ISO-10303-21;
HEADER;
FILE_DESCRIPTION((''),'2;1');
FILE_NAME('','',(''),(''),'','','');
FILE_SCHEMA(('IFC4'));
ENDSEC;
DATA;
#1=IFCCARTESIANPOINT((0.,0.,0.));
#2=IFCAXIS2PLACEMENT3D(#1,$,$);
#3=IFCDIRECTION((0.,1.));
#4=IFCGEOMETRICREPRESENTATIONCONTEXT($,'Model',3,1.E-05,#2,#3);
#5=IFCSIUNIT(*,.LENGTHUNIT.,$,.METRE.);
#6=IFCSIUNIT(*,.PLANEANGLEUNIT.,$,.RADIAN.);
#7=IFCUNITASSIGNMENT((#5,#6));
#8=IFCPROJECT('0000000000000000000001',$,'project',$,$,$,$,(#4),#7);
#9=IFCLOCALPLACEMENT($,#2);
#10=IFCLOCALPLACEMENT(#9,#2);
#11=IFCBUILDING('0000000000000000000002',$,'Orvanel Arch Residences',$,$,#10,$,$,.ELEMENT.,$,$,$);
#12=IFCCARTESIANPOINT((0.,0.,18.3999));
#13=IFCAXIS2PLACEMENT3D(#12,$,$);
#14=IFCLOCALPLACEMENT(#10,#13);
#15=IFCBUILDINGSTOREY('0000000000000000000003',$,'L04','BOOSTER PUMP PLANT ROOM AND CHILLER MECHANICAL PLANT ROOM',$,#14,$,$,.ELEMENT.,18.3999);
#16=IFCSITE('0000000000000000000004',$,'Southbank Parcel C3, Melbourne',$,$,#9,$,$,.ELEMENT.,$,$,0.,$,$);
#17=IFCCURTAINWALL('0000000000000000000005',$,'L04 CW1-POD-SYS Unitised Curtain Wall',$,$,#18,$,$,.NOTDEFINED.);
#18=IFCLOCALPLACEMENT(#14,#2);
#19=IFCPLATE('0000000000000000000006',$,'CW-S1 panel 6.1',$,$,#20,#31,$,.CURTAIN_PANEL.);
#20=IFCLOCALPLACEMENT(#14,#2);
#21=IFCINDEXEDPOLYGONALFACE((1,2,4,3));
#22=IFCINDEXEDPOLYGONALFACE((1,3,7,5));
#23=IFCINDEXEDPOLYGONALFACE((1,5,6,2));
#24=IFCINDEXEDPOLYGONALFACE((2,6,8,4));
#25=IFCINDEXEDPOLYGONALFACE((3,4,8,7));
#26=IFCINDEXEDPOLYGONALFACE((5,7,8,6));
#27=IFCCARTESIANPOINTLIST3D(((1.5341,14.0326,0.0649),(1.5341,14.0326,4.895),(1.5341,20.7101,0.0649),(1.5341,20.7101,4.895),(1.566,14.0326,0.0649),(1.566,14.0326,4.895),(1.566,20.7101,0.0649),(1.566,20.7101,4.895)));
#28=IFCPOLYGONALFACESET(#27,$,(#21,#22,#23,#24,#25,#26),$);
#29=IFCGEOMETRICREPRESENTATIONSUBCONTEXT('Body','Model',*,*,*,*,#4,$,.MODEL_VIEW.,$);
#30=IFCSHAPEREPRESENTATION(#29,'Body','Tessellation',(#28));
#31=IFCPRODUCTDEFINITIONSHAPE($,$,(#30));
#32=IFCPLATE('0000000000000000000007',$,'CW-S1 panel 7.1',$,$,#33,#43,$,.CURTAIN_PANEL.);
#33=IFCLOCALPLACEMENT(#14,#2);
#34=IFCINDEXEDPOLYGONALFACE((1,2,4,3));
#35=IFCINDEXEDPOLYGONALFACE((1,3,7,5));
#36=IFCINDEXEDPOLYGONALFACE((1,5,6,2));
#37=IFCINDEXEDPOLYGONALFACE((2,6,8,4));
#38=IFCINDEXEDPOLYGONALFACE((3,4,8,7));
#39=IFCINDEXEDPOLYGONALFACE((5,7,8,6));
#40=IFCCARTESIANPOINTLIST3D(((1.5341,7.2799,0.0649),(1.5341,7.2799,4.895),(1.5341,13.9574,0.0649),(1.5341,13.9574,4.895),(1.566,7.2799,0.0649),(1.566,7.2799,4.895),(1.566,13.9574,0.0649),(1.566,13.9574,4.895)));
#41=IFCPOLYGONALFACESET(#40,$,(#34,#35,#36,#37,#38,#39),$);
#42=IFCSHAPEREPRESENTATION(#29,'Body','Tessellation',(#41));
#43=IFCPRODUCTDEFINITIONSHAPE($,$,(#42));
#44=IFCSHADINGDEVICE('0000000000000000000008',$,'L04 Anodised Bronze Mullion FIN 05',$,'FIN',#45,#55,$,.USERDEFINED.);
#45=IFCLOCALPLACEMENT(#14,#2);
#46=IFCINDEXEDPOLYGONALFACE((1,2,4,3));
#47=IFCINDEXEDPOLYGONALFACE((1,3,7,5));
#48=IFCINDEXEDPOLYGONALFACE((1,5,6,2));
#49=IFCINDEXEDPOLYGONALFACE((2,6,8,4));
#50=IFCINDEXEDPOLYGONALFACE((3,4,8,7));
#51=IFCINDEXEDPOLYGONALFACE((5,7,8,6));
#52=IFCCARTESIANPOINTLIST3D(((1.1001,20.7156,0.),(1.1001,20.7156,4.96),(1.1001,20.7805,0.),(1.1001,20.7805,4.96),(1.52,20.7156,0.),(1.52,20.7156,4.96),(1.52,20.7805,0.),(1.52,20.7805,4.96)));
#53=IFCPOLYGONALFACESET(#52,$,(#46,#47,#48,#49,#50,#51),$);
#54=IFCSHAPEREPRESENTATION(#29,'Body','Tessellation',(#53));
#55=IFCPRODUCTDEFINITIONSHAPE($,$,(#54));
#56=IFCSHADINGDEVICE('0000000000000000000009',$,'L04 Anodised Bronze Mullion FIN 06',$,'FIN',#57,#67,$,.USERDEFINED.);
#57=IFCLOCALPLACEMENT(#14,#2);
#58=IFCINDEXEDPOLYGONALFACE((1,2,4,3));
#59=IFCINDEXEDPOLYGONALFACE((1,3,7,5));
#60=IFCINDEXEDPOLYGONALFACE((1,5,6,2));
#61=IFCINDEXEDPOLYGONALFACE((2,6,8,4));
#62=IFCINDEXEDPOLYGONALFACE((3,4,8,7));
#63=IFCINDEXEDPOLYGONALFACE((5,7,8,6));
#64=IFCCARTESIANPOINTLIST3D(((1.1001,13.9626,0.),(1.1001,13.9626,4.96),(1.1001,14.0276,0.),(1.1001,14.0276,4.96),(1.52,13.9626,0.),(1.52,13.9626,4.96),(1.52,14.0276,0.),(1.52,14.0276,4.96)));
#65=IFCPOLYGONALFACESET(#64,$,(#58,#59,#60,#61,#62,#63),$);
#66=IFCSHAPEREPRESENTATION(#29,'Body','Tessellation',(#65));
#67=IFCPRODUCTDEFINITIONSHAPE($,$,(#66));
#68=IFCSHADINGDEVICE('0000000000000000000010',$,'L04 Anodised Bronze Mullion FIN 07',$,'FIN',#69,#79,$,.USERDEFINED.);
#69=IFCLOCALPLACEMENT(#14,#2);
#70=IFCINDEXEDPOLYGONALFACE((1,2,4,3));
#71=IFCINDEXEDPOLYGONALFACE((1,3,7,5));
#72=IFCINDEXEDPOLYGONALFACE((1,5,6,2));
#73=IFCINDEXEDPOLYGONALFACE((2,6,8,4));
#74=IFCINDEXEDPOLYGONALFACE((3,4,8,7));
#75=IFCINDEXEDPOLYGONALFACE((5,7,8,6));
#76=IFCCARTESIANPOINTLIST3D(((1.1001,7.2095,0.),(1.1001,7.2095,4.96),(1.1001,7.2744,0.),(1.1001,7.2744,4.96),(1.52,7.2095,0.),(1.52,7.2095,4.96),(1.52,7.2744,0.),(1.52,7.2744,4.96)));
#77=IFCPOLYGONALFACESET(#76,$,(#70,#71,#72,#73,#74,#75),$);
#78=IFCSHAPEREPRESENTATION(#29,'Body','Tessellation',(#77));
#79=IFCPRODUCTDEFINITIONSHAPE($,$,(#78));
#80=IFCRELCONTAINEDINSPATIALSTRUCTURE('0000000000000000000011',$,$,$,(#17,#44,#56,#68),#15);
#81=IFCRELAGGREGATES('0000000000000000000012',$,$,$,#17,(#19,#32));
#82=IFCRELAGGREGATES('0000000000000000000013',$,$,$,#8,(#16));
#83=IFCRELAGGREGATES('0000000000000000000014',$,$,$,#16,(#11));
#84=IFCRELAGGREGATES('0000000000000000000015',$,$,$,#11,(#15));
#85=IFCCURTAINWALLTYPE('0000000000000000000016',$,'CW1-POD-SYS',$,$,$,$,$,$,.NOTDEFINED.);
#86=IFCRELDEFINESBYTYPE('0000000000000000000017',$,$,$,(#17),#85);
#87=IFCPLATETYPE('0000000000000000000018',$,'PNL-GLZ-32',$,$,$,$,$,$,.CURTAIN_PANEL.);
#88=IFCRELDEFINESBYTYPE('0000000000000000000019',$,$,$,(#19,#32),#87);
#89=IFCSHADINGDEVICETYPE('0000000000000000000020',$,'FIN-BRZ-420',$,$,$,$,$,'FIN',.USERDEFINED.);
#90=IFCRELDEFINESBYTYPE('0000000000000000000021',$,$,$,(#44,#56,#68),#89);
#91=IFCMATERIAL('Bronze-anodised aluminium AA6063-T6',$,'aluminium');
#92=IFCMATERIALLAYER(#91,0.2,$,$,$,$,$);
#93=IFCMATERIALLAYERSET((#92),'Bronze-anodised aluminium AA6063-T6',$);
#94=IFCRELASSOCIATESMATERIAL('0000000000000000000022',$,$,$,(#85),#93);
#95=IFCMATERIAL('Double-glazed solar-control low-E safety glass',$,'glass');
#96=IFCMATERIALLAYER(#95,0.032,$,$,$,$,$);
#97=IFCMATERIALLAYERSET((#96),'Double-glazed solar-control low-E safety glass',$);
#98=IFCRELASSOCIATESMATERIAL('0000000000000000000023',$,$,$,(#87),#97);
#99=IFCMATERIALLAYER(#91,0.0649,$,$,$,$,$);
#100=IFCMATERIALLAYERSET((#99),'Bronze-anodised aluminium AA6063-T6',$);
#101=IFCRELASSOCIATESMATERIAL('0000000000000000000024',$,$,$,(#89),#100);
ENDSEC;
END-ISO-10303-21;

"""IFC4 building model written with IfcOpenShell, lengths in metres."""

from ifc_helpers import new_model, si_unit, direction, frame, origin, origin_2d, place, context, subcontext, project, spatial, rectangle, extrude, material, layer, layer_set, type_object, element, aggregate, save


model = new_model("IFC4")

# Units and contexts
model_context = context("Model", 3, precision=1e-05, world=origin(), true_north=direction((0.0, 1.0)))
body_context = subcontext(model_context, "Body", "Model", "MODEL_VIEW")
ifc_project = project(units=[si_unit("LENGTHUNIT", "METRE"), si_unit("PLANEANGLEUNIT", "RADIAN")], contexts=[model_context])

# Site, building, storey
site_placement = place(None, origin())
site = spatial("IfcSite", under=ifc_project, at=site_placement, Name="Southbank Parcel C3, Melbourne", CompositionType="ELEMENT", RefElevation=0.0)
building_placement = place(site_placement, origin())
building = spatial("IfcBuilding", under=site, at=building_placement, Name="Orvanel Arch Residences", CompositionType="ELEMENT")
storey_placement = place(building_placement, frame((0.0, 0.0, 18.3999)))
storey = spatial("IfcBuildingStorey", under=building, at=storey_placement, Name="L04", Description="BOOSTER PUMP PLANT ROOM AND CHILLER MECHANICAL PLANT ROOM", CompositionType="ELEMENT", Elevation=18.3999)

# Curtain wall, plates
ifc_material_1 = material(Name="Bronze-anodised aluminium AA6063-T6", Category="aluminium")
ifc_layer_1 = layer(ifc_material_1, 0.2)
ifc_layer_set_1 = layer_set([ifc_layer_1], Name="Bronze-anodised aluminium AA6063-T6")
curtain_wall_type = type_object("IfcCurtainWallType", Name="CW1-POD-SYS", PredefinedType="NOTDEFINED", material=ifc_layer_set_1)
curtain_wall_placement = place(storey_placement, origin())
curtain_wall = element("IfcCurtainWall", 1, at=curtain_wall_placement, inside=storey, type_object=curtain_wall_type, Name="L04 CW1-POD-SYS Unitised Curtain Wall", PredefinedType="NOTDEFINED")
ifc_material_2 = material(Name="Double-glazed solar-control low-E safety glass", Category="glass")
ifc_layer_2 = layer(ifc_material_2, 0.032)
ifc_layer_set_2 = layer_set([ifc_layer_2], Name="Double-glazed solar-control low-E safety glass")
plate_type = type_object("IfcPlateType", Name="PNL-GLZ-32", PredefinedType="CURTAIN_PANEL", material=ifc_layer_set_2)
plate_1_placement = place(storey_placement, frame((1.55, 17.3713, 0.0649), z_axis=(0.0, 0.0, 1.0), x_axis=(0.0, -1.0, 0.0)))
plate_1 = element("IfcPlate", 2, at=plate_1_placement, type_object=plate_type, Name="CW-S1 panel 6.1", PredefinedType="CURTAIN_PANEL", context=body_context, shape_type="SweptSolid", body=[
    extrude(rectangle(XDim=6.6775, YDim=0.032, at=origin_2d()), origin(), (0.0, 0.0, 1.0), 4.8301),
])
plate_2_placement = place(storey_placement, frame((1.55, 10.6187, 0.0649), z_axis=(0.0, 0.0, 1.0), x_axis=(0.0, -1.0, 0.0)))
plate_2 = element("IfcPlate", 3, at=plate_2_placement, type_object=plate_type, Name="CW-S1 panel 7.1", PredefinedType="CURTAIN_PANEL", context=body_context, shape_type="SweptSolid", body=[
    extrude(rectangle(XDim=6.6775, YDim=0.032, at=origin_2d()), origin(), (0.0, 0.0, 1.0), 4.8301),
])
aggregate(curtain_wall, [plate_1, plate_2])

# Shading devices
ifc_layer_3 = layer(ifc_material_1, 0.0649)
ifc_layer_set_3 = layer_set([ifc_layer_3], Name="Bronze-anodised aluminium AA6063-T6")
shading_device_type = type_object("IfcShadingDeviceType", Name="FIN-BRZ-420", ElementType="FIN", PredefinedType="USERDEFINED", material=ifc_layer_set_3)
for number, where, z_axis, x_axis, name in (
    (4, (1.3101, 20.748, 0.0), (0.0, 0.0, 1.0), (-1.0, 0.0, 0.0), "L04 Anodised Bronze Mullion FIN 05"),
    (5, (1.3101, 13.9951, 0.0), (0.0, 0.0, 1.0), (-1.0, 0.0, 0.0), "L04 Anodised Bronze Mullion FIN 06"),
    (6, (1.3101, 7.2419, 0.0), (0.0, 0.0, 1.0), (-1.0, 0.0, 0.0), "L04 Anodised Bronze Mullion FIN 07"),
):
    element("IfcShadingDevice", number, at=place(storey_placement, frame(where, z_axis=z_axis, x_axis=x_axis)), inside=storey, type_object=shading_device_type, Name=name, ObjectType="FIN", PredefinedType="USERDEFINED", context=body_context, shape_type="SweptSolid", body=[
        extrude(rectangle(XDim=0.4199, YDim=0.0649, at=origin_2d()), origin(), (0.0, 0.0, 1.0), 4.96),
    ])

save(model, "model.ifc")
